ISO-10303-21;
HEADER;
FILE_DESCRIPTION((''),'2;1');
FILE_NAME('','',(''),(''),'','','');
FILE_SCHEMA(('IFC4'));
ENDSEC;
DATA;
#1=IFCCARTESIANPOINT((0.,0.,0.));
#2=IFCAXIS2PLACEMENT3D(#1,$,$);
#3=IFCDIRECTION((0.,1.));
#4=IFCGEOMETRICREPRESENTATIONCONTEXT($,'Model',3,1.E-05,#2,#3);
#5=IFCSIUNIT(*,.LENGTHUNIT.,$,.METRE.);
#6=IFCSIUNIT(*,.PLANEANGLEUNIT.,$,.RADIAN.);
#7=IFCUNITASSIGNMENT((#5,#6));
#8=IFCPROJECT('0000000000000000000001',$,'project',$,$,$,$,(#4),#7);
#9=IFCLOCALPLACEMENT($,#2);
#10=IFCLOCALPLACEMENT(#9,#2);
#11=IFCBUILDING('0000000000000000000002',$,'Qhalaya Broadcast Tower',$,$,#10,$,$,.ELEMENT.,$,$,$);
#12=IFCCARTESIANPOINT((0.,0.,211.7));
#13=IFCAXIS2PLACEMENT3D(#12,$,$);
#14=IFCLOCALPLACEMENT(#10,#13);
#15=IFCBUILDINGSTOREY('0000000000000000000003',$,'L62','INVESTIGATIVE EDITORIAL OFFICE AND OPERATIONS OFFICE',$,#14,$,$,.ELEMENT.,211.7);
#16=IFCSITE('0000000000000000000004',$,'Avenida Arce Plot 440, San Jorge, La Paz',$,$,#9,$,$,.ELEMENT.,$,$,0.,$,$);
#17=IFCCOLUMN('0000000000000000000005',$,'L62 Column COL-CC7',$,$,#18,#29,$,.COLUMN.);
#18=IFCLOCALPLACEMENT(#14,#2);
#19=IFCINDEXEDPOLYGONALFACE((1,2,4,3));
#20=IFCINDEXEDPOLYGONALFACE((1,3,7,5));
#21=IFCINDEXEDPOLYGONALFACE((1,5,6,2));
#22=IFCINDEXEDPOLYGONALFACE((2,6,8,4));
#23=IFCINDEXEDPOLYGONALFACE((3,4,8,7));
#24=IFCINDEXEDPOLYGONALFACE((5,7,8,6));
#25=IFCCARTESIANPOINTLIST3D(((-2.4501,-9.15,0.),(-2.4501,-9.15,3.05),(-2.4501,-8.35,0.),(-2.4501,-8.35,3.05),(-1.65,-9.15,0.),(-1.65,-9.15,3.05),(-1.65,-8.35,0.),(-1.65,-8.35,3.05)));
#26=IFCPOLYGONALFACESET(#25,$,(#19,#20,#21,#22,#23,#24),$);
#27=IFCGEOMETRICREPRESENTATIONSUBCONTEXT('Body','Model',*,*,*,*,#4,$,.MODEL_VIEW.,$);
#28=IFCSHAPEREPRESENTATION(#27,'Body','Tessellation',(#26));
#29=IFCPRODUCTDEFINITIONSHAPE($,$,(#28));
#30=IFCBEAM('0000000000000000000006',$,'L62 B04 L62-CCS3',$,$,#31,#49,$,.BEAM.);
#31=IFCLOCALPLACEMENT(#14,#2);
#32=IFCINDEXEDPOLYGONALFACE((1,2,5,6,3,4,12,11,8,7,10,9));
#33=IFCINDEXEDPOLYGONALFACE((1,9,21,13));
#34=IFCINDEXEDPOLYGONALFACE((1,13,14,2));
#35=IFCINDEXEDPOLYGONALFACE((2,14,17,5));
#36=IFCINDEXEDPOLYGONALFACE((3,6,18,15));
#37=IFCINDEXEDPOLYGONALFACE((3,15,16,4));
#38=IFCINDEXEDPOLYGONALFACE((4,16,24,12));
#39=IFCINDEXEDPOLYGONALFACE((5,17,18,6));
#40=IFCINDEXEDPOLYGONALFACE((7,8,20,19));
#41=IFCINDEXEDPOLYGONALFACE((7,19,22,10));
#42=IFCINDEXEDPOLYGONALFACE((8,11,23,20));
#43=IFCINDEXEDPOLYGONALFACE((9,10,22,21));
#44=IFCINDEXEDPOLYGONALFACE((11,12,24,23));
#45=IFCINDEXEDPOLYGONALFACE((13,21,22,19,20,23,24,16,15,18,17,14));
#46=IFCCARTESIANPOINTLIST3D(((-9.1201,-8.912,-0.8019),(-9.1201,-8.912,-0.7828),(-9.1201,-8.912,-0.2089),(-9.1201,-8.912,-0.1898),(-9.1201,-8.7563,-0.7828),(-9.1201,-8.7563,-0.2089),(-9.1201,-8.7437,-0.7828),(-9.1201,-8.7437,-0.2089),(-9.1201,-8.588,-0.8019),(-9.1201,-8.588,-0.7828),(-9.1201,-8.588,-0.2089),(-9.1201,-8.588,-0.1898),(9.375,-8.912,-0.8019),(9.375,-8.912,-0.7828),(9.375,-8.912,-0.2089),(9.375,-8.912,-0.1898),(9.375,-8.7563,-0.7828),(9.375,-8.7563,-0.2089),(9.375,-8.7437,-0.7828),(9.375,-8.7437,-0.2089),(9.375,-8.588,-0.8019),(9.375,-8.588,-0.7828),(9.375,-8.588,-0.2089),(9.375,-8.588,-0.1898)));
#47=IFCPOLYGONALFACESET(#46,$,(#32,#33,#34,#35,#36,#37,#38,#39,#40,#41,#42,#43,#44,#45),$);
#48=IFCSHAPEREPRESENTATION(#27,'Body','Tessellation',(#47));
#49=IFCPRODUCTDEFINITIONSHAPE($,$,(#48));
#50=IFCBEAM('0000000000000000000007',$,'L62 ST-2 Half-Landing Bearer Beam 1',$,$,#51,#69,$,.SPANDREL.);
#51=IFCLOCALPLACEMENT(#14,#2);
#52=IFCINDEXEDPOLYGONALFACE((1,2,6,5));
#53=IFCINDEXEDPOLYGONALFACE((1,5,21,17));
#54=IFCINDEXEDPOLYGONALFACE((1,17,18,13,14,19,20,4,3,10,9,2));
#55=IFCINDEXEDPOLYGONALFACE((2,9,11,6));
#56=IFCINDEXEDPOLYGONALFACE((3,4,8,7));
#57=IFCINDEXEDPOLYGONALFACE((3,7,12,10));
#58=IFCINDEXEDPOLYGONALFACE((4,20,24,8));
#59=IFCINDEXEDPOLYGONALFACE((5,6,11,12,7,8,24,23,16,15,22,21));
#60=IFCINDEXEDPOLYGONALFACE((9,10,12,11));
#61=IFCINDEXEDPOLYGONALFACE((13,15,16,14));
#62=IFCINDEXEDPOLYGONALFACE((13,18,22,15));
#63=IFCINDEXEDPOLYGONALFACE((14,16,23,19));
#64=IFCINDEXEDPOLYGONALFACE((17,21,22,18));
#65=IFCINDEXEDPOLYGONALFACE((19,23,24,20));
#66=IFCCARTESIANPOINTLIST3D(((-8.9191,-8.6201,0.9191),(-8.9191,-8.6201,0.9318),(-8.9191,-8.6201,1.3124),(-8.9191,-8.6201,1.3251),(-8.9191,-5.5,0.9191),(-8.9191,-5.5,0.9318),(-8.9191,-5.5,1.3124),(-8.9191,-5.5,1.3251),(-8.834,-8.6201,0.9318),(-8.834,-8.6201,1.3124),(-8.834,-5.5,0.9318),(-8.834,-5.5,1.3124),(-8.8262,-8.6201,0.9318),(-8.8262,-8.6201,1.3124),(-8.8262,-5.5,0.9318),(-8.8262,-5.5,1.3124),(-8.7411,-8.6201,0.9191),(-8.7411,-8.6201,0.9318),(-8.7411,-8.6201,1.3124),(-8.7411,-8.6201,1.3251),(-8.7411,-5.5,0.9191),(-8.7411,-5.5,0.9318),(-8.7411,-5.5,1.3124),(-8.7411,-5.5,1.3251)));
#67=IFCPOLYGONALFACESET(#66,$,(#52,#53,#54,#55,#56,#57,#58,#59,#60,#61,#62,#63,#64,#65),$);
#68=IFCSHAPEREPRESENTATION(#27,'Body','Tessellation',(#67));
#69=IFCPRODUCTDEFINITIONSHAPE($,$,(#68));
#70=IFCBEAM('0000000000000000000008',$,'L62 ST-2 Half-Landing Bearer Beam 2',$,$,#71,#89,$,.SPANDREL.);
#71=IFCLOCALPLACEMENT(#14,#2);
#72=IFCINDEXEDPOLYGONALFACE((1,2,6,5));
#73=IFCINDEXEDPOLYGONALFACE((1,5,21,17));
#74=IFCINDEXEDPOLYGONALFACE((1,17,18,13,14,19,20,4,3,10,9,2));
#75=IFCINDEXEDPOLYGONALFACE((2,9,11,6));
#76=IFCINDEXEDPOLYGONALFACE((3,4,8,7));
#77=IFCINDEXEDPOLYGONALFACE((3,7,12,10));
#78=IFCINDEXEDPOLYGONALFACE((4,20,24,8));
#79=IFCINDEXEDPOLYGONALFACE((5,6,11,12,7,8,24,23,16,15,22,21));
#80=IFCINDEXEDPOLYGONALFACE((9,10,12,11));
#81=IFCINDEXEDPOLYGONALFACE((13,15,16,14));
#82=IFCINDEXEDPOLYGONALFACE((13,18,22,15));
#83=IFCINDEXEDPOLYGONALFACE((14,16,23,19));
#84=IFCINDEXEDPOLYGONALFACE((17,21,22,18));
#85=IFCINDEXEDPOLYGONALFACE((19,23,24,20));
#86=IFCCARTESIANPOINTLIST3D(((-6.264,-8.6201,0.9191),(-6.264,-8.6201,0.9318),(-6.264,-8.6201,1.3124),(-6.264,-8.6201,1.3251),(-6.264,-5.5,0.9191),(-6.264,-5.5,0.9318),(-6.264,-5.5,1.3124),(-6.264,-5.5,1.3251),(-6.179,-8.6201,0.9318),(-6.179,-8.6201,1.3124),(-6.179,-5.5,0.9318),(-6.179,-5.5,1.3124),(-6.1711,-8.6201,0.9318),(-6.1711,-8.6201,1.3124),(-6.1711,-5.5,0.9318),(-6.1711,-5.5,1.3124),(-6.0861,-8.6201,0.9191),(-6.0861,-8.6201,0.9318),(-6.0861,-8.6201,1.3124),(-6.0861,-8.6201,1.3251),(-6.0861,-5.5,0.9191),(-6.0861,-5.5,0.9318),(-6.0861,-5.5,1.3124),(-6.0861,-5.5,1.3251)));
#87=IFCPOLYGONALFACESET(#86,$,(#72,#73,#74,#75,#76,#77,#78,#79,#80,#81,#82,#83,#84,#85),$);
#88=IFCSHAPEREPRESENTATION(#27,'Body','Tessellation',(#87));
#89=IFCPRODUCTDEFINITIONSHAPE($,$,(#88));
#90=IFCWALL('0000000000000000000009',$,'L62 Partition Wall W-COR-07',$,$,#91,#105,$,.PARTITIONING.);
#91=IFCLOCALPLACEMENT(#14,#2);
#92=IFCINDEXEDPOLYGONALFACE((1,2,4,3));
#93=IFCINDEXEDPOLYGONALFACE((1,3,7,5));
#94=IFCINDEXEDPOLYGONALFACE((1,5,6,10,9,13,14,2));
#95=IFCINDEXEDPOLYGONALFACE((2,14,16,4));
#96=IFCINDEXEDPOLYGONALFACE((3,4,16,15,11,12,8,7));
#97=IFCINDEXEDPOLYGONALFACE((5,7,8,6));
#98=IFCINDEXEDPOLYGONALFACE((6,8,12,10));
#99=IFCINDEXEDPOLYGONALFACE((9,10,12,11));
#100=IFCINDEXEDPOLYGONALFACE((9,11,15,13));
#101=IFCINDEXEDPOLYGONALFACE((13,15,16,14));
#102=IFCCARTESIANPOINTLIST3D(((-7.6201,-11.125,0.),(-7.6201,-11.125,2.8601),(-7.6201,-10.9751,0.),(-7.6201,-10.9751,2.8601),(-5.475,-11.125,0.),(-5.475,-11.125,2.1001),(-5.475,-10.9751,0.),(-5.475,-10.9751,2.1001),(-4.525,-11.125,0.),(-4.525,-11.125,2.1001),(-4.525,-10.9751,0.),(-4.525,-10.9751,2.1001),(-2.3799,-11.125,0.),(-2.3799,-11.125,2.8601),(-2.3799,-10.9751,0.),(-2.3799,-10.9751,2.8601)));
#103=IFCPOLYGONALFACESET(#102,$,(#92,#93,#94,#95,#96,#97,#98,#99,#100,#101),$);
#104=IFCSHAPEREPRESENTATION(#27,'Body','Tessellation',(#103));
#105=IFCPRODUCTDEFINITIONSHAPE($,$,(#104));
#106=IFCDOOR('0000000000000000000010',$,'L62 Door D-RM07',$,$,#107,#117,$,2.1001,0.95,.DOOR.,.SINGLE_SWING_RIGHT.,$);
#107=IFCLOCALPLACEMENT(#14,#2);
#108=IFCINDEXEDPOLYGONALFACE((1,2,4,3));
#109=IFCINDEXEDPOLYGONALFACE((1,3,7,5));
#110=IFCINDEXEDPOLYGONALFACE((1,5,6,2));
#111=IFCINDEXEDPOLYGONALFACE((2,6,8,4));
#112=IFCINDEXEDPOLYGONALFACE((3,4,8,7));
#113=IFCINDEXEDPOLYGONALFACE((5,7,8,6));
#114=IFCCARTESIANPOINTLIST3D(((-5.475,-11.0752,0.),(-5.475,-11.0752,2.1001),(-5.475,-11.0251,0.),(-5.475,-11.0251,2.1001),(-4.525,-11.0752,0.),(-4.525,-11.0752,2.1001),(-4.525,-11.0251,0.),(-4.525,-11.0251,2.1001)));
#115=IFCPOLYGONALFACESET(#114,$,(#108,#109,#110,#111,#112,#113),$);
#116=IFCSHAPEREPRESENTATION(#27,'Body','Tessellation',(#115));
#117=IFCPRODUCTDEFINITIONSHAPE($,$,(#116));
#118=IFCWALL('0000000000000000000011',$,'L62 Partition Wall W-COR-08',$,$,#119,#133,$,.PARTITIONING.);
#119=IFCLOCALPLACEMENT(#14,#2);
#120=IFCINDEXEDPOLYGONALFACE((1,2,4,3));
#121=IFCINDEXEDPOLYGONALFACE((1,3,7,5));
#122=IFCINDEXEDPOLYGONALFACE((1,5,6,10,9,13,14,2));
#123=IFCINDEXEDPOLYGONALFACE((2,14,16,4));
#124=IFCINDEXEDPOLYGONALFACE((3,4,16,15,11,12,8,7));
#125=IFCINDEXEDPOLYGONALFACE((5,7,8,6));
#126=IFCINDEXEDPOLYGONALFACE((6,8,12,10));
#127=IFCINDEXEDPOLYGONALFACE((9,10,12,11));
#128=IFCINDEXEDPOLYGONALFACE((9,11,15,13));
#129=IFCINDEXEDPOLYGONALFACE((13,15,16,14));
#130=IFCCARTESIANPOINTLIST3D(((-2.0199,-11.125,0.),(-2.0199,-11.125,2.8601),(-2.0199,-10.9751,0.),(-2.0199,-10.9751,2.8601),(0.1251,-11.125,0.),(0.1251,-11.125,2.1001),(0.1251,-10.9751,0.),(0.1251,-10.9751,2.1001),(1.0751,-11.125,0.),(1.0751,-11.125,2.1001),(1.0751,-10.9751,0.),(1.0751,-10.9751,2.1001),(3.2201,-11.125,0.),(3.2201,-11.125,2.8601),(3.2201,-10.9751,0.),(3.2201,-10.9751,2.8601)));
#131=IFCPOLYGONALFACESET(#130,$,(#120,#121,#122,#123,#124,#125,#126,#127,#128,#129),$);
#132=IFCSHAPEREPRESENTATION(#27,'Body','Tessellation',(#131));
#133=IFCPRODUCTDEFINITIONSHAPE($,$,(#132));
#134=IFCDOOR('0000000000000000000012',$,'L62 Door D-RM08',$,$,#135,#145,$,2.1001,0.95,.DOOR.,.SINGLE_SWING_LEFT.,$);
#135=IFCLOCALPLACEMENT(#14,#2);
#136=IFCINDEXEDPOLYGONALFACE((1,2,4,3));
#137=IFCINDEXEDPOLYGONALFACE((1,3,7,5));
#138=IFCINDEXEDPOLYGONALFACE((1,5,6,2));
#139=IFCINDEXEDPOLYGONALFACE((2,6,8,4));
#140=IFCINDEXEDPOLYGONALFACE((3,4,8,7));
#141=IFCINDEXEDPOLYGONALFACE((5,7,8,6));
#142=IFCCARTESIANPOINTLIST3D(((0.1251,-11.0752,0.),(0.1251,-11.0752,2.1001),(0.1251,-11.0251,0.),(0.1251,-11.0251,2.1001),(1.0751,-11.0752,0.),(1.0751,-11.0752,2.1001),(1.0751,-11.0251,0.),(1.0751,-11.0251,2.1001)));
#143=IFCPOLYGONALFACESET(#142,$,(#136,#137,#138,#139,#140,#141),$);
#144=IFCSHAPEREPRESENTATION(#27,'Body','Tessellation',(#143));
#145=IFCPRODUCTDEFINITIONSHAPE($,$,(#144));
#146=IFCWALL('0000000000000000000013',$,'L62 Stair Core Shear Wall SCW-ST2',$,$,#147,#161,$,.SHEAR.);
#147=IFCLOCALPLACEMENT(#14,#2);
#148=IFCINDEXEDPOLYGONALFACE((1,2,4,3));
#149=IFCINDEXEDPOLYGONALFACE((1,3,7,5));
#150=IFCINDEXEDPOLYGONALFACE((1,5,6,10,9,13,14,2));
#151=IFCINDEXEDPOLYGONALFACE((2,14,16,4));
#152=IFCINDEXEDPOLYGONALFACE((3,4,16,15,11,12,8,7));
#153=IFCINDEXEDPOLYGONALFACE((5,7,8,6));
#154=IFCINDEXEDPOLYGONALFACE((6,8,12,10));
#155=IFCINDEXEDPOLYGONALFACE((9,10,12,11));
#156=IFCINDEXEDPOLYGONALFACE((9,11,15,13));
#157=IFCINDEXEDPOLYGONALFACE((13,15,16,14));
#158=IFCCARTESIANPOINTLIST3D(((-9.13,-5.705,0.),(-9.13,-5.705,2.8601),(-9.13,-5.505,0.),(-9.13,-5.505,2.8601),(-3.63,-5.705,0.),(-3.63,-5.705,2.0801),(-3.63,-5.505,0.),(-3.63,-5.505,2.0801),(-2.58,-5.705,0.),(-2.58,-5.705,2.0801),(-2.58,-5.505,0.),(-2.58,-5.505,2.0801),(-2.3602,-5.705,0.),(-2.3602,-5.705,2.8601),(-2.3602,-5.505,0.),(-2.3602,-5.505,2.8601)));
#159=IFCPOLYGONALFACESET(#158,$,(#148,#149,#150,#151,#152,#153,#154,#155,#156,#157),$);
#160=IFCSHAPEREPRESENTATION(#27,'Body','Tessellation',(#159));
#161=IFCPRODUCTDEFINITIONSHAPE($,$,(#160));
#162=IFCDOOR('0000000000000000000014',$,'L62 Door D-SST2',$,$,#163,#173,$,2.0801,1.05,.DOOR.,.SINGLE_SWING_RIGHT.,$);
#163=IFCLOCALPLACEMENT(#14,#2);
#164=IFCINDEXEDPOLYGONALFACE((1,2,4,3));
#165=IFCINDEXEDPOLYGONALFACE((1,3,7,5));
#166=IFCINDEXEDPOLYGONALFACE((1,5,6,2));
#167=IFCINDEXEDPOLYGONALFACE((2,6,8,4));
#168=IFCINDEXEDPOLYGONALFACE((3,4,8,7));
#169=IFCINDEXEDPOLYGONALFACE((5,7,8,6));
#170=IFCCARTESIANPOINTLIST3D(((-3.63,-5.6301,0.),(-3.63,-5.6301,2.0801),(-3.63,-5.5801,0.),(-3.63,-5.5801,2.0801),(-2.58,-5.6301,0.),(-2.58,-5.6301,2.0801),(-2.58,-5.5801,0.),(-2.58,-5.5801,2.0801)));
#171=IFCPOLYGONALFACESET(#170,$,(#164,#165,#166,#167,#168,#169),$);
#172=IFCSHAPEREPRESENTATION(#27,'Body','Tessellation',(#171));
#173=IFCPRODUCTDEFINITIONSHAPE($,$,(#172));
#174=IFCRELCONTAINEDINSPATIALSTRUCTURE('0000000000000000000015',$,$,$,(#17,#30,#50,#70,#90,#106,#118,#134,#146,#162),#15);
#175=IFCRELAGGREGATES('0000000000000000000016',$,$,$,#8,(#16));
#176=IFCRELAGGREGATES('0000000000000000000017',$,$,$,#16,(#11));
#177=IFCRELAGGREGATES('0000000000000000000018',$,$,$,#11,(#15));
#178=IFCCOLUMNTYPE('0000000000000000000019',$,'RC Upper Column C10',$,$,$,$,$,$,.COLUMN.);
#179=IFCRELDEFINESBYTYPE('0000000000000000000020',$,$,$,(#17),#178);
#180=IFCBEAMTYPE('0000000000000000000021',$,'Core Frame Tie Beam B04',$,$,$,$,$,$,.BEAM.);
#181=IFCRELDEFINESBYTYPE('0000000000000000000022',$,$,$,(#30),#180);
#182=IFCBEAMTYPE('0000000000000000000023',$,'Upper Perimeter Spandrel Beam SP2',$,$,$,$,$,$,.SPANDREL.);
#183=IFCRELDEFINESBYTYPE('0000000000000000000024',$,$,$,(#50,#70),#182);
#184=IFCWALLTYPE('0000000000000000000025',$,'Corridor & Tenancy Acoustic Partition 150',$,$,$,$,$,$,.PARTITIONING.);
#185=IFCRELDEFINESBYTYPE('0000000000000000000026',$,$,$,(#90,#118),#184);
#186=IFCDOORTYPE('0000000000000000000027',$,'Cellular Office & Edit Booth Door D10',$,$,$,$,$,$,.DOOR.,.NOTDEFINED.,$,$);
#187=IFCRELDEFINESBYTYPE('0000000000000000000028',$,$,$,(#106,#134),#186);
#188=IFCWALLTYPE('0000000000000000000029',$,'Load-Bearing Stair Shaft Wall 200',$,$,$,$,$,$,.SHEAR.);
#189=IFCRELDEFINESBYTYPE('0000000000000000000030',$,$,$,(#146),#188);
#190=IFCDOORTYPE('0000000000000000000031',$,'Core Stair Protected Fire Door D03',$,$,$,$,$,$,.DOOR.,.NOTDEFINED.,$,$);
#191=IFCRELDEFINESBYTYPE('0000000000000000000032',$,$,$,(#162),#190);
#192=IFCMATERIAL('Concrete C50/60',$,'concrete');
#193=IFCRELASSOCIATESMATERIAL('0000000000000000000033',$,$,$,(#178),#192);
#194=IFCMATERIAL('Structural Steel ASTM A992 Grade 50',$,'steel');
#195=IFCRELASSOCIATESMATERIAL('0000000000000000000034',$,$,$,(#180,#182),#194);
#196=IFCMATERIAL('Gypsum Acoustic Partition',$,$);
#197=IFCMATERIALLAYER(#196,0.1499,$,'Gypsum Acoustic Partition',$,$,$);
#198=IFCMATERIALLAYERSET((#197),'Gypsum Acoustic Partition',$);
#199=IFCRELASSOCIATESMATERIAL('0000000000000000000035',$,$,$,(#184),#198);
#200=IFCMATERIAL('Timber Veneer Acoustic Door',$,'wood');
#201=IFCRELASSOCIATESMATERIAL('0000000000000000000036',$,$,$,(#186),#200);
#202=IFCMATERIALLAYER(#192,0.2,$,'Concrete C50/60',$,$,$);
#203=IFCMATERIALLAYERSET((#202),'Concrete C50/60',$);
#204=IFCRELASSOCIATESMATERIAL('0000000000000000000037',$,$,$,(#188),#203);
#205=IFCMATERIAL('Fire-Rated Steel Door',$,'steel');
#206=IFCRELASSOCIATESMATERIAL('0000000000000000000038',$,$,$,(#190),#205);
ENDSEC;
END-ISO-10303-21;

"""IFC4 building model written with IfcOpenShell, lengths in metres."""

from ifc_helpers import new_model, si_unit, direction, frame, frame_2d, origin, origin_2d, place, context, subcontext, project, spatial, rectangle, i_section, extrude, material, layer, layer_set, material_profile, profile_set, type_object, element, fill, save


model = new_model("IFC4")

# Units and contexts
model_context = context("Model", 3, precision=1e-05, world=origin(), true_north=direction((0.0, 1.0)))
body_context = subcontext(model_context, "Body", "Model", "MODEL_VIEW")
ifc_project = project(units=[si_unit("LENGTHUNIT", "METRE"), si_unit("PLANEANGLEUNIT", "RADIAN")], contexts=[model_context])

# Site, building, storey
site_placement = place(None, origin())
site = spatial("IfcSite", under=ifc_project, at=site_placement, Name="Avenida Arce Plot 440, San Jorge, La Paz", CompositionType="ELEMENT", RefElevation=0.0)
building_placement = place(site_placement, origin())
building = spatial("IfcBuilding", under=site, at=building_placement, Name="Qhalaya Broadcast Tower", CompositionType="ELEMENT")
storey_placement = place(building_placement, frame((0.0, 0.0, 211.7)))
storey = spatial("IfcBuildingStorey", under=building, at=storey_placement, Name="L62", Description="INVESTIGATIVE EDITORIAL OFFICE AND OPERATIONS OFFICE", CompositionType="ELEMENT", Elevation=211.7)

# Column
ifc_material_1 = material(Name="Concrete C50/60", Category="concrete")
ifc_material_profile_1 = material_profile(ifc_material_1, rectangle(XDim=0.8, YDim=0.8, at=origin_2d()), Name="RC-COL 800x800")
ifc_profile_set_1 = profile_set([ifc_material_profile_1], Name="Concrete C50/60")
column_type = type_object("IfcColumnType", Name="RC Upper Column C10", PredefinedType="COLUMN", material=ifc_profile_set_1)
column_placement = place(storey_placement, frame((-2.05, -8.75, 0.0), z_axis=(0.0, 0.0, 1.0), x_axis=(1.0, 0.0, 0.0)))
element("IfcColumn", 1, at=column_placement, inside=storey, type_object=column_type, Name="L62 Column COL-CC7", PredefinedType="COLUMN", context=body_context, shape_type="SweptSolid", body=[
    extrude(rectangle(XDim=0.8, YDim=0.8, at=origin_2d()), origin(), (0.0, 0.0, 1.0), 3.05),
])

# Beams
ifc_material_2 = material(Name="Structural Steel ASTM A992 Grade 50", Category="steel")
ifc_material_profile_2 = material_profile(ifc_material_2, i_section(OverallWidth=0.324, OverallDepth=0.6121, WebThickness=0.0127, FlangeThickness=0.019, at=origin_2d()), Name="W24X104")
ifc_profile_set_2 = profile_set([ifc_material_profile_2], Name="Structural Steel ASTM A992 Grade 50")
beam_type_1 = type_object("IfcBeamType", Name="Core Frame Tie Beam B04", PredefinedType="BEAM", material=ifc_profile_set_2)
beam_placement = place(storey_placement, frame((-9.1201, -8.75, -0.4958), z_axis=(1.0, 0.0, 0.0), x_axis=(0.0, 1.0, 0.0)))
element("IfcBeam", 2, at=beam_placement, inside=storey, type_object=beam_type_1, Name="L62 B04 L62-CCS3", PredefinedType="BEAM", context=body_context, shape_type="SweptSolid", body=[
    extrude(i_section(OverallWidth=0.324, OverallDepth=0.6121, WebThickness=0.0127, FlangeThickness=0.019, at=origin_2d()), origin(), (0.0, 0.0, 1.0), 18.4951),
])
ifc_material_profile_3 = material_profile(ifc_material_2, i_section(OverallWidth=0.178, OverallDepth=0.406, WebThickness=0.0078, FlangeThickness=0.0127, at=origin_2d()), Name="W16X40")
ifc_profile_set_3 = profile_set([ifc_material_profile_3], Name="Structural Steel ASTM A992 Grade 50")
beam_type_2 = type_object("IfcBeamType", Name="Upper Perimeter Spandrel Beam SP2", PredefinedType="SPANDREL", material=ifc_profile_set_3)
for number, where, z_axis, x_axis, name in (
    (3, (-8.8301, -8.6201, 1.1221), (0.0, 1.0, 0.0), (-1.0, 0.0, 0.0), "L62 ST-2 Half-Landing Bearer Beam 1"),
    (4, (-6.175, -8.6201, 1.1221), (0.0, 1.0, 0.0), (-1.0, 0.0, 0.0), "L62 ST-2 Half-Landing Bearer Beam 2"),
):
    element("IfcBeam", number, at=place(storey_placement, frame(where, z_axis=z_axis, x_axis=x_axis)), inside=storey, type_object=beam_type_2, Name=name, PredefinedType="SPANDREL", context=body_context, shape_type="SweptSolid", body=[
        extrude(i_section(OverallWidth=0.178, OverallDepth=0.406, WebThickness=0.0078, FlangeThickness=0.0127, at=origin_2d()), origin(), (0.0, 0.0, 1.0), 3.1201),
    ])

# Walls, openings, doors
ifc_material_3 = material(Name="Gypsum Acoustic Partition")
ifc_layer_1 = layer(ifc_material_3, 0.1499, Name="Gypsum Acoustic Partition")
ifc_layer_set_1 = layer_set([ifc_layer_1], Name="Gypsum Acoustic Partition")
wall_type_1 = type_object("IfcWallType", Name="Corridor & Tenancy Acoustic Partition 150", PredefinedType="PARTITIONING", material=ifc_layer_set_1)
wall_1_placement = place(storey_placement, frame((-7.6201, -11.05, 0.0), z_axis=(0.0, 0.0, 1.0), x_axis=(1.0, 0.0, 0.0)))
wall_1 = element("IfcWall", 5, at=wall_1_placement, inside=storey, type_object=wall_type_1, Name="L62 Partition Wall W-COR-07", PredefinedType="PARTITIONING", context=body_context, shape_type="SweptSolid", body=[
    extrude(rectangle(XDim=5.2402, YDim=0.1499, at=frame_2d((2.6201, 0.0))), origin(), (0.0, 0.0, 1.0), 2.8601),
])
opening_1_placement = place(wall_1_placement, frame((2.145, 0.0, 0.0)))
opening_1 = element("IfcOpeningElement", 6, at=opening_1_placement, cuts=wall_1, PredefinedType="OPENING", context=body_context, shape_type="SweptSolid", body=[
    extrude(rectangle(XDim=0.95, YDim=2.1001, at=frame_2d((0.4751, 1.05))), frame((0.0, 0.0869, 0.0), z_axis=(0.0, -1.0, 0.0), x_axis=(1.0, 0.0, 0.0)), (0.0, 0.0, 1.0), 0.1738),
])
ifc_material_4 = material(Name="Timber Veneer Acoustic Door", Category="wood")
door_type_1 = type_object("IfcDoorType", Name="Cellular Office & Edit Booth Door D10", OperationType="NOTDEFINED", PredefinedType="DOOR", material=ifc_material_4)
door_1_placement = place(opening_1_placement, origin())
door_1 = element("IfcDoor", 7, at=door_1_placement, inside=storey, type_object=door_type_1, Name="L62 Door D-RM07", OperationType="SINGLE_SWING_RIGHT", OverallHeight=2.1001, OverallWidth=0.95, PredefinedType="DOOR", context=body_context, shape_type="SweptSolid", body=[
    extrude(rectangle(XDim=0.95, YDim=2.1001, at=frame_2d((0.4751, 1.05))), frame((0.0, 0.0249, 0.0), z_axis=(0.0, -1.0, 0.0), x_axis=(1.0, 0.0, 0.0)), (0.0, 0.0, 1.0), 0.05),
])
fill(opening_1, door_1)
wall_2_placement = place(storey_placement, frame((-2.02, -11.05, 0.0), z_axis=(0.0, 0.0, 1.0), x_axis=(1.0, 0.0, 0.0)))
wall_2 = element("IfcWall", 8, at=wall_2_placement, inside=storey, type_object=wall_type_1, Name="L62 Partition Wall W-COR-08", PredefinedType="PARTITIONING", context=body_context, shape_type="SweptSolid", body=[
    extrude(rectangle(XDim=5.24, YDim=0.1499, at=frame_2d((2.6201, 0.0))), origin(), (0.0, 0.0, 1.0), 2.8601),
])
opening_2_placement = place(wall_2_placement, frame((2.145, 0.0, 0.0)))
opening_2 = element("IfcOpeningElement", 9, at=opening_2_placement, cuts=wall_2, PredefinedType="OPENING", context=body_context, shape_type="SweptSolid", body=[
    extrude(rectangle(XDim=0.95, YDim=2.1001, at=frame_2d((0.4751, 1.05))), frame((0.0, 0.0869, 0.0), z_axis=(0.0, -1.0, 0.0), x_axis=(1.0, 0.0, 0.0)), (0.0, 0.0, 1.0), 0.1738),
])
door_2_placement = place(opening_2_placement, origin())
door_2 = element("IfcDoor", 10, at=door_2_placement, inside=storey, type_object=door_type_1, Name="L62 Door D-RM08", OperationType="SINGLE_SWING_LEFT", OverallHeight=2.1001, OverallWidth=0.95, PredefinedType="DOOR", context=body_context, shape_type="SweptSolid", body=[
    extrude(rectangle(XDim=0.95, YDim=2.1001, at=frame_2d((0.4751, 1.05))), frame((0.0, 0.0249, 0.0), z_axis=(0.0, -1.0, 0.0), x_axis=(1.0, 0.0, 0.0)), (0.0, 0.0, 1.0), 0.05),
])
fill(opening_2, door_2)
ifc_layer_2 = layer(ifc_material_1, 0.2, Name="Concrete C50/60")
ifc_layer_set_2 = layer_set([ifc_layer_2], Name="Concrete C50/60")
wall_type_2 = type_object("IfcWallType", Name="Load-Bearing Stair Shaft Wall 200", PredefinedType="SHEAR", material=ifc_layer_set_2)
wall_3_placement = place(storey_placement, frame((-9.1299, -5.605, 0.0), z_axis=(0.0, 0.0, 1.0), x_axis=(1.0, 0.0, 0.0)))
wall_3 = element("IfcWall", 11, at=wall_3_placement, inside=storey, type_object=wall_type_2, Name="L62 Stair Core Shear Wall SCW-ST2", PredefinedType="SHEAR", context=body_context, shape_type="SweptSolid", body=[
    extrude(rectangle(XDim=6.7698, YDim=0.2, at=frame_2d((3.3848, 0.0))), origin(), (0.0, 0.0, 1.0), 2.8601),
])
opening_3_placement = place(wall_3_placement, frame((5.5, 0.0, 0.0)))
opening_3 = element("IfcOpeningElement", 12, at=opening_3_placement, cuts=wall_3, PredefinedType="OPENING", context=body_context, shape_type="SweptSolid", body=[
    extrude(rectangle(XDim=1.05, YDim=2.0801, at=frame_2d((0.5249, 1.04))), frame((0.0, 0.1121, 0.0), z_axis=(0.0, -1.0, 0.0), x_axis=(1.0, 0.0, 0.0)), (0.0, 0.0, 1.0), 0.2239),
])
ifc_material_5 = material(Name="Fire-Rated Steel Door", Category="steel")
door_type_2 = type_object("IfcDoorType", Name="Core Stair Protected Fire Door D03", OperationType="NOTDEFINED", PredefinedType="DOOR", material=ifc_material_5)
door_3_placement = place(opening_3_placement, origin())
door_3 = element("IfcDoor", 13, at=door_3_placement, inside=storey, type_object=door_type_2, Name="L62 Door D-SST2", OperationType="SINGLE_SWING_RIGHT", OverallHeight=2.0801, OverallWidth=1.05, PredefinedType="DOOR", context=body_context, shape_type="SweptSolid", body=[
    extrude(rectangle(XDim=1.05, YDim=2.0801, at=frame_2d((0.5249, 1.04))), frame((0.0, 0.0249, 0.0), z_axis=(0.0, -1.0, 0.0), x_axis=(1.0, 0.0, 0.0)), (0.0, 0.0, 1.0), 0.05),
])
fill(opening_3, door_3)

save(model, "model.ifc")
